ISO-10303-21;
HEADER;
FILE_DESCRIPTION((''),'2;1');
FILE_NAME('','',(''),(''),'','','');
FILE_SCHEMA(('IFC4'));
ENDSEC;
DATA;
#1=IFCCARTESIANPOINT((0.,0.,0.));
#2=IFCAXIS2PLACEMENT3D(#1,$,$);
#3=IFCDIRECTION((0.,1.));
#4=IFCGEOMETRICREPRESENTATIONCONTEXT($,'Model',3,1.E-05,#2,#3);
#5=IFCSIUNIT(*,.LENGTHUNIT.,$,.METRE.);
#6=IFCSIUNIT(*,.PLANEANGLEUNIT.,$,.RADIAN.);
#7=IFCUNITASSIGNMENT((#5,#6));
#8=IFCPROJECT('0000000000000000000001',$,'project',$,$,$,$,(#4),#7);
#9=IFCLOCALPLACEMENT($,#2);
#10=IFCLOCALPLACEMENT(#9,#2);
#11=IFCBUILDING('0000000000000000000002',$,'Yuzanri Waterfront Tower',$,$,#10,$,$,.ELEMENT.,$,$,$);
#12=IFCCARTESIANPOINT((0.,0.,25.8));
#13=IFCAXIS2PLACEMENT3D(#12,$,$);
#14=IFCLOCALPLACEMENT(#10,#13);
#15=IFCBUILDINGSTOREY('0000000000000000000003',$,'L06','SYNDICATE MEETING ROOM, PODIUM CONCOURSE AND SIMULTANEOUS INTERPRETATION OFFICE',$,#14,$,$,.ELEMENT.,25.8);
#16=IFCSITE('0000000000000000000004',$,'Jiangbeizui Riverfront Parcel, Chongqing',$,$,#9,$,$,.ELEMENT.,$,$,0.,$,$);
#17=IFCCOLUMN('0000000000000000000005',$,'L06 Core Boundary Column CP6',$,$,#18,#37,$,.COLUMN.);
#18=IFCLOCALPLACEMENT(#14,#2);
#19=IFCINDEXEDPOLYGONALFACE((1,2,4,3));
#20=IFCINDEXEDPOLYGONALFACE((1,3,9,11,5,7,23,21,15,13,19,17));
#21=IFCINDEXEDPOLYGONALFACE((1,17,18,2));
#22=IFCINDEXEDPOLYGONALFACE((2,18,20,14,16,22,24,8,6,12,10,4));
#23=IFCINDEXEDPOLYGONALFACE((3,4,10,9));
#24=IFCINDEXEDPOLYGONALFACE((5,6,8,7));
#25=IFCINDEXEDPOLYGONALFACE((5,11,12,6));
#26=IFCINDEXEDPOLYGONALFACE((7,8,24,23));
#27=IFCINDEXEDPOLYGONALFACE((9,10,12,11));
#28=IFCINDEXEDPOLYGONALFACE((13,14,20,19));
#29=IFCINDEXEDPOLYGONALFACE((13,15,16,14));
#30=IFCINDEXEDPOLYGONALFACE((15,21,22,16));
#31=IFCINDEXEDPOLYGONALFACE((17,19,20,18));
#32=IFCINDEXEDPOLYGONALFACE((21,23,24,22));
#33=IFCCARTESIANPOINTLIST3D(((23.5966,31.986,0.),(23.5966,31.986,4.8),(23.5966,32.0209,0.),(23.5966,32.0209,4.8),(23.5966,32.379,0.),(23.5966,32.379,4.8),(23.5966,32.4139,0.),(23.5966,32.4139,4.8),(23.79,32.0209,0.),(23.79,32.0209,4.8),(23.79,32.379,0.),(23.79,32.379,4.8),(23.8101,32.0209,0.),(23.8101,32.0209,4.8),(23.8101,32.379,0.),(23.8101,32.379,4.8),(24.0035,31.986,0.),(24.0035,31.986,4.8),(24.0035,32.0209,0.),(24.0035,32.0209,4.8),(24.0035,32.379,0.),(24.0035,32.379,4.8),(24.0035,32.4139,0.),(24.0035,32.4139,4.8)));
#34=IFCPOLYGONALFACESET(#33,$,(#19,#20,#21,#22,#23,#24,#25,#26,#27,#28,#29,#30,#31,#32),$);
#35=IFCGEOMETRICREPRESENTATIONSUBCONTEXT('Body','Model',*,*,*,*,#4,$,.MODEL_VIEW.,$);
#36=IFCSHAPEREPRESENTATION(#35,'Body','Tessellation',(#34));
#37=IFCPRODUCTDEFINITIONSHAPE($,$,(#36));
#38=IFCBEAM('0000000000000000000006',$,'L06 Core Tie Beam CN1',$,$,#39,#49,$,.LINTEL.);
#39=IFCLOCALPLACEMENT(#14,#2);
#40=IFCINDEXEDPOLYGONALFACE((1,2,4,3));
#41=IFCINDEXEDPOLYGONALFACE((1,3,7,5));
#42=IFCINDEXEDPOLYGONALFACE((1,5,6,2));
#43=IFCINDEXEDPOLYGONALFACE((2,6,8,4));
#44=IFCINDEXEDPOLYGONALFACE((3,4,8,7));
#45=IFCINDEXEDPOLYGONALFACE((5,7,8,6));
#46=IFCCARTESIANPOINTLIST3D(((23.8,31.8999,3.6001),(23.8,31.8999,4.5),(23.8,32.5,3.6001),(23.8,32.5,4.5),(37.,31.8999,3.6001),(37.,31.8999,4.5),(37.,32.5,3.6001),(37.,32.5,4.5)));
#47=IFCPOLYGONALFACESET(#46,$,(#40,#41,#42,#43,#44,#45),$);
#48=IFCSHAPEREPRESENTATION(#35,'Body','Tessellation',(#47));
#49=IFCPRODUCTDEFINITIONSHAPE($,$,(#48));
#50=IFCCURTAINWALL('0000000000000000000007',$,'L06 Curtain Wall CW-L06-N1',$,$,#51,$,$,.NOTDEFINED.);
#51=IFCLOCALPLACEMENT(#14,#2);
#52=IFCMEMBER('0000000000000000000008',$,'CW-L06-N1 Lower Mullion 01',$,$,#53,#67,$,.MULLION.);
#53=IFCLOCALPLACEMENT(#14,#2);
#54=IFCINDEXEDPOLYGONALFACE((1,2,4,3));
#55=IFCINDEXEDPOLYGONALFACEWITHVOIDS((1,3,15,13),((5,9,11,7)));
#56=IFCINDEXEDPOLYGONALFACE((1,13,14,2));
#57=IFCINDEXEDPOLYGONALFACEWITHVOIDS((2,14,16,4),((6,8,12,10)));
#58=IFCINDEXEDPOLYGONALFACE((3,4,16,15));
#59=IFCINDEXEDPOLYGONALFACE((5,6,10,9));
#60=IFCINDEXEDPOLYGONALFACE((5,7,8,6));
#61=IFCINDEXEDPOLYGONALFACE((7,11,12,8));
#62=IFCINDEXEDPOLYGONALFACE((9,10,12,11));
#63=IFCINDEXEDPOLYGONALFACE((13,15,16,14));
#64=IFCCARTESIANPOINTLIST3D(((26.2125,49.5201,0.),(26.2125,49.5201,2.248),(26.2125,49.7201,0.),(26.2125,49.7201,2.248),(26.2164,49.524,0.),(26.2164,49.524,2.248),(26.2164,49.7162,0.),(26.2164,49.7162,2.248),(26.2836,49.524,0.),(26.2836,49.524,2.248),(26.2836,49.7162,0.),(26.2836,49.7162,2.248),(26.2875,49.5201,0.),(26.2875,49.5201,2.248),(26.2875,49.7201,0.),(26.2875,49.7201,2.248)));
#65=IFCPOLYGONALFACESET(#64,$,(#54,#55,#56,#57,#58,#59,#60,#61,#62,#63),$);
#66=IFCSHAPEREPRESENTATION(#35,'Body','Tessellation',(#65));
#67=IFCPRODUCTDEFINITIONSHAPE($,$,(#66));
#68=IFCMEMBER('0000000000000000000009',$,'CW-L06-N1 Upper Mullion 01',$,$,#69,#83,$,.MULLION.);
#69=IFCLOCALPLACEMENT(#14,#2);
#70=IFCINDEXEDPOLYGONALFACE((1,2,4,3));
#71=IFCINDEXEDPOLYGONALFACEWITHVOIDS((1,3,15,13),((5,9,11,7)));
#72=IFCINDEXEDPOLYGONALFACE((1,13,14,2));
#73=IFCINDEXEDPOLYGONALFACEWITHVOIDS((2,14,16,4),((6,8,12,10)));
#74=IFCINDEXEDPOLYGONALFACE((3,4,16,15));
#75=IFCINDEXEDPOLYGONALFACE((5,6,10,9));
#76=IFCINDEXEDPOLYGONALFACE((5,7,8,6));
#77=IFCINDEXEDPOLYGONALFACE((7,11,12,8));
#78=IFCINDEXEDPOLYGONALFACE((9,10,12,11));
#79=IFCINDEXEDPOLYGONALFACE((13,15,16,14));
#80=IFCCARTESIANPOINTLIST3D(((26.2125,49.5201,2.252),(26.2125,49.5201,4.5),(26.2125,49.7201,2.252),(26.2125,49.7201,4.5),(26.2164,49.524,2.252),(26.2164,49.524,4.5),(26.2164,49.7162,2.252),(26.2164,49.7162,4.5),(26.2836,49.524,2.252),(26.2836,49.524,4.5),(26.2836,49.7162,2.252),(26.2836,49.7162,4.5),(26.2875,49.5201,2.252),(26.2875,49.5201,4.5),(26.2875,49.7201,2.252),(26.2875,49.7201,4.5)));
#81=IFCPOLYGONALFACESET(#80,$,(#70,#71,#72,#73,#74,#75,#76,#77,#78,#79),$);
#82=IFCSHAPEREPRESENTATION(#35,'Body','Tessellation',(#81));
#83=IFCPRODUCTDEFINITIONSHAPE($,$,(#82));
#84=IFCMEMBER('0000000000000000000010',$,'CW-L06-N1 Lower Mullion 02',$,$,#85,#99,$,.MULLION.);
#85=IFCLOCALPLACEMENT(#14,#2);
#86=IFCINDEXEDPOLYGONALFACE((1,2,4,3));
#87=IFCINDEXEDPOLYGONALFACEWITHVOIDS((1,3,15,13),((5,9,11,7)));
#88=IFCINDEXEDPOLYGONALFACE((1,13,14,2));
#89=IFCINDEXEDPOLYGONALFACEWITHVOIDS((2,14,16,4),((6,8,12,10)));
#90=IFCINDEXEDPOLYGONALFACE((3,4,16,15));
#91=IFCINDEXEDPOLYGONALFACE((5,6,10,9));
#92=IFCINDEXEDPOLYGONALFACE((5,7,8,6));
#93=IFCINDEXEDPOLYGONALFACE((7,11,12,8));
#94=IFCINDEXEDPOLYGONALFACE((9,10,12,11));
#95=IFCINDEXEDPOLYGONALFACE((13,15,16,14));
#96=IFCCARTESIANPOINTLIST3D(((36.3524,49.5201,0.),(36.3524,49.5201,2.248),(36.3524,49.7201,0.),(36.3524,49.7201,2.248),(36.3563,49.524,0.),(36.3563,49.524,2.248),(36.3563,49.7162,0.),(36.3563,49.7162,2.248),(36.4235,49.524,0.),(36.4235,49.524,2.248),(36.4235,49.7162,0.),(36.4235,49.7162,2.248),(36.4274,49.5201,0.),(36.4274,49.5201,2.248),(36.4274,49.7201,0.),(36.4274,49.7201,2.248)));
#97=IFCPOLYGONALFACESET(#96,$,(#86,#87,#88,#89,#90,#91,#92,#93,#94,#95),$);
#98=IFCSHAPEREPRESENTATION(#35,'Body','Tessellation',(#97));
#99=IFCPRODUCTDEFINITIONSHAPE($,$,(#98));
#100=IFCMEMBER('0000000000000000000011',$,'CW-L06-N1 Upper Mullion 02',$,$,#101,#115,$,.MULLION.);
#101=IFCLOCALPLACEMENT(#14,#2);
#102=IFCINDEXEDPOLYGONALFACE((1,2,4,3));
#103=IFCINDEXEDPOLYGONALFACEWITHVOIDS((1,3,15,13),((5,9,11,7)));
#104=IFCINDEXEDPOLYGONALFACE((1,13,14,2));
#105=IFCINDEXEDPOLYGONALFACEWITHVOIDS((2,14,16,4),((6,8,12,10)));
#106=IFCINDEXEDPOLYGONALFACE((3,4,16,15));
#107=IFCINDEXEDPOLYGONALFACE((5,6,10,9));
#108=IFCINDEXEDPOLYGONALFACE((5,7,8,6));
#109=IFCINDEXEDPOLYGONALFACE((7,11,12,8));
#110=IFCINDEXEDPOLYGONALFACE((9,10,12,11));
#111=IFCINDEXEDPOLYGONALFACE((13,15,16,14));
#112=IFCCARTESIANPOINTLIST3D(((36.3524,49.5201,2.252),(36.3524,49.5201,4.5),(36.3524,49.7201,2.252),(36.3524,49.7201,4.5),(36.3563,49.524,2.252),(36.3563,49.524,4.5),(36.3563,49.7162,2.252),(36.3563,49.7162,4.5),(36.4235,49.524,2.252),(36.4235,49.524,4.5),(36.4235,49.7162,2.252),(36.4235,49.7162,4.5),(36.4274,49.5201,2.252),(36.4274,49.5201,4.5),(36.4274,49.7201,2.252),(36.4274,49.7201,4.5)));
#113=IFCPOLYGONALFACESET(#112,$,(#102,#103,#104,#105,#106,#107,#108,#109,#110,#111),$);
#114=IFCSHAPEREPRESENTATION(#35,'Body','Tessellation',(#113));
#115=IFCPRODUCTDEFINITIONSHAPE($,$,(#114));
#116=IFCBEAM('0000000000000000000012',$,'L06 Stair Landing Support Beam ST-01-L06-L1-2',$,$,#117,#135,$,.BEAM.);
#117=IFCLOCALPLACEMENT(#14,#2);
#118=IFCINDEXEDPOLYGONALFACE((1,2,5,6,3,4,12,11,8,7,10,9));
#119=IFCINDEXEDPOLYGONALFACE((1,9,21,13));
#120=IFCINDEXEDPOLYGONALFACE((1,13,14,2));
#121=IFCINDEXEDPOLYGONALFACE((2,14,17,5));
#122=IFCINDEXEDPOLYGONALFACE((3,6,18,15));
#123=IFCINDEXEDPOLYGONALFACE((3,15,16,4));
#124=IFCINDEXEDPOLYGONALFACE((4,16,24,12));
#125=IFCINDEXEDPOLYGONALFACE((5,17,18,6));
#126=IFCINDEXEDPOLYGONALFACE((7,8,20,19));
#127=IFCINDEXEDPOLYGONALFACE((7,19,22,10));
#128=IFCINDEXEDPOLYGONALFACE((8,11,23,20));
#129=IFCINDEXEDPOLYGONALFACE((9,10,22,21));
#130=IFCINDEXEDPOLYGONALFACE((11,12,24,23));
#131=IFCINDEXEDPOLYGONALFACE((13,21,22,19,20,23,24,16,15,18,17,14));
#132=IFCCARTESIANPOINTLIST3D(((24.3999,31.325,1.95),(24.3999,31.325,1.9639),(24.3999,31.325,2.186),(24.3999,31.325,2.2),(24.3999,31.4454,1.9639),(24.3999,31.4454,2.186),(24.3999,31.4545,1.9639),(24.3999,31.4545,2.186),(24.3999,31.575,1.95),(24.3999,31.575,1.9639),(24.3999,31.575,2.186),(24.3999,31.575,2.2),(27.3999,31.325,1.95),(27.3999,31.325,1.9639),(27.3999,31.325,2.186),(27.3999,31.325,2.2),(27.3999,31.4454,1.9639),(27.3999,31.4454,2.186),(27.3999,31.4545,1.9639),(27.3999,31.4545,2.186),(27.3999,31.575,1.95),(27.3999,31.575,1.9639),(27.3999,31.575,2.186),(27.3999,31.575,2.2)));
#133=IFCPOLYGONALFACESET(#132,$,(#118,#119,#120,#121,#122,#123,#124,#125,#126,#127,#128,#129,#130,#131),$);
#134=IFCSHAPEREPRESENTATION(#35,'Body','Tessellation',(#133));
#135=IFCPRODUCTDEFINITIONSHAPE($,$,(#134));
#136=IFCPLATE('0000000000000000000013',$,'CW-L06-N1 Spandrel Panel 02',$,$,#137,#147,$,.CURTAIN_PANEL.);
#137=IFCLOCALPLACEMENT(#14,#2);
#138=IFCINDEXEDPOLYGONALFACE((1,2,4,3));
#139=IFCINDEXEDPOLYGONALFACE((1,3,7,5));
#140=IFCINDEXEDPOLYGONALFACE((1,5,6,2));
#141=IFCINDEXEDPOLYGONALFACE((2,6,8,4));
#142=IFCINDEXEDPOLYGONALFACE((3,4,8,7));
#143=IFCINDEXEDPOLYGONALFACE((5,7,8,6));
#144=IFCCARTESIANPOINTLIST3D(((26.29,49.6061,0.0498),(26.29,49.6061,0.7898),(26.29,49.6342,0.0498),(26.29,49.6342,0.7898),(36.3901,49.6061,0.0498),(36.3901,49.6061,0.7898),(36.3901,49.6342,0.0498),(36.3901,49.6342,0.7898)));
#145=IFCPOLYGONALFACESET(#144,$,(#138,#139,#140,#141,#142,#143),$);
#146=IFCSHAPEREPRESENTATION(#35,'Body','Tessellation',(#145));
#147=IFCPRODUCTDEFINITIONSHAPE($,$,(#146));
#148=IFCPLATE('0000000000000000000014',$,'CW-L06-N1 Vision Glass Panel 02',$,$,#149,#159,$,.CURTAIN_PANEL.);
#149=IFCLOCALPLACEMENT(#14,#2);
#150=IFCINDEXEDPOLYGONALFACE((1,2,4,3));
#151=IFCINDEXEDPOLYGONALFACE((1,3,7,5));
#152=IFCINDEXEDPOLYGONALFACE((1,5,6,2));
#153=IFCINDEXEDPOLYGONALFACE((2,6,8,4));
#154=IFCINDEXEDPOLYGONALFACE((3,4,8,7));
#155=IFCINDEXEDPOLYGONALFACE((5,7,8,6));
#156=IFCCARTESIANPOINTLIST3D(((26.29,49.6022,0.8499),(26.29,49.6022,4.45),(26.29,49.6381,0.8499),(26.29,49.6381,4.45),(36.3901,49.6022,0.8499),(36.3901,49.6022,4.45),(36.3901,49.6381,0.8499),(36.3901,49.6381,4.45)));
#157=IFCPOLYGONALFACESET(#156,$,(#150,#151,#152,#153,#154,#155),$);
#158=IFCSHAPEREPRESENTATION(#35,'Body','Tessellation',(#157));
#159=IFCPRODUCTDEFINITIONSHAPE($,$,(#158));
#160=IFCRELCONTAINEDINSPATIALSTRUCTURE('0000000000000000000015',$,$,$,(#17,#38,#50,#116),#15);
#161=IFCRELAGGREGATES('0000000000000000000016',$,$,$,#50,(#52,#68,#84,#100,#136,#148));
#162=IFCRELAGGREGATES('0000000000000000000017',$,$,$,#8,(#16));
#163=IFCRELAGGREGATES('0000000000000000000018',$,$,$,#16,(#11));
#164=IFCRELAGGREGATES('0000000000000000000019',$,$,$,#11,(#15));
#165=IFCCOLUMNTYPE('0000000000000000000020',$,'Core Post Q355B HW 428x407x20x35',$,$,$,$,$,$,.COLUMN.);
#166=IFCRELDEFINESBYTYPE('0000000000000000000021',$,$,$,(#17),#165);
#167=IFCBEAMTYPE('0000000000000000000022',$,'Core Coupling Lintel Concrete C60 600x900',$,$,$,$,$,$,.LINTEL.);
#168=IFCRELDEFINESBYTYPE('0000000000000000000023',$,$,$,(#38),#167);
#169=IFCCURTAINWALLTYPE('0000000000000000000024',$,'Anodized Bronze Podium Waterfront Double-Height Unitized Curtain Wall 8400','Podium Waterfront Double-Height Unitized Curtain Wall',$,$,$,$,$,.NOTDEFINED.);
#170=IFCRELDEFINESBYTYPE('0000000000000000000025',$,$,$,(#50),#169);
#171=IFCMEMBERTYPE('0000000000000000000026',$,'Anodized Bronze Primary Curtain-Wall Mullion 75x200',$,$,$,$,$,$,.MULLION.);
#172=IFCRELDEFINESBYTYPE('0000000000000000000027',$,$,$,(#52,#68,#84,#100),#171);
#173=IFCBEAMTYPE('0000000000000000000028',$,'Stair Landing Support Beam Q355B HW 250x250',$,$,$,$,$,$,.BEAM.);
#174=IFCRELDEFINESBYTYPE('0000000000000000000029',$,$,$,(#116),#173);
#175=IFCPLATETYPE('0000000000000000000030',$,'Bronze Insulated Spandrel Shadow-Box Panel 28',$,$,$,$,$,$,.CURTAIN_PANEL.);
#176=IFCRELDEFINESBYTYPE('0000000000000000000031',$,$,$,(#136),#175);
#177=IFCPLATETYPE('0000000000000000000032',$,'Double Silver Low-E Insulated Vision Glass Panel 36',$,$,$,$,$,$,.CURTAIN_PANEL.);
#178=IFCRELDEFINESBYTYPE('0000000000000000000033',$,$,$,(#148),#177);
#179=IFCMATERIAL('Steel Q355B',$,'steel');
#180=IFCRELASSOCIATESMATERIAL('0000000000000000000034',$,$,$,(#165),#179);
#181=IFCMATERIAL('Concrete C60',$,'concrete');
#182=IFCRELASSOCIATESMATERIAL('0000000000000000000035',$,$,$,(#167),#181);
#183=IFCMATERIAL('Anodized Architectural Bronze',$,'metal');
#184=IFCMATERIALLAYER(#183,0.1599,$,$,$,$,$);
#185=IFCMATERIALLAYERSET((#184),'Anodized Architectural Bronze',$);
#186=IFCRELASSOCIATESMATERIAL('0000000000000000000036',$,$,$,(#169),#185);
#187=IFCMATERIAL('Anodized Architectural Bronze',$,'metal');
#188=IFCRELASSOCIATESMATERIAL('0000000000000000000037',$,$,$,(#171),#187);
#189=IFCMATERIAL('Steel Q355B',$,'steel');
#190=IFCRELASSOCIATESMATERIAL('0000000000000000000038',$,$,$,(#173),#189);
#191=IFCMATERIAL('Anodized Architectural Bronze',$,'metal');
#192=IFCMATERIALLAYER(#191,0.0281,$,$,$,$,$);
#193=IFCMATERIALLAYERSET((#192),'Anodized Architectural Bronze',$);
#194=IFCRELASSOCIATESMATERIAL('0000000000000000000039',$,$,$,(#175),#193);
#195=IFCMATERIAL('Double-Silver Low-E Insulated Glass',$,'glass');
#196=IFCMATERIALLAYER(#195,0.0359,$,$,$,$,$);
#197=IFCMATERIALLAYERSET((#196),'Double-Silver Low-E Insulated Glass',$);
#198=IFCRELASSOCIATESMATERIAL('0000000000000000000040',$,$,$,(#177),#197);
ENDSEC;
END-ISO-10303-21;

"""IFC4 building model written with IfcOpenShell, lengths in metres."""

from ifc_helpers import new_model, si_unit, direction, frame, origin, origin_2d, place, context, subcontext, project, spatial, rectangle, hollow_rectangle, i_section, extrude, source, transform, mapped, material, layer, layer_set, material_profile, profile_set, type_object, element, aggregate, save


model = new_model("IFC4")

# Units and contexts
model_context = context("Model", 3, precision=1e-05, world=origin(), true_north=direction((0.0, 1.0)))
body_context = subcontext(model_context, "Body", "Model", "MODEL_VIEW")
ifc_project = project(units=[si_unit("LENGTHUNIT", "METRE"), si_unit("PLANEANGLEUNIT", "RADIAN")], contexts=[model_context])

# Site, building, storey
site_placement = place(None, origin())
site = spatial("IfcSite", under=ifc_project, at=site_placement, Name="Jiangbeizui Riverfront Parcel, Chongqing", CompositionType="ELEMENT", RefElevation=0.0)
building_placement = place(site_placement, origin())
building = spatial("IfcBuilding", under=site, at=building_placement, Name="Yuzanri Waterfront Tower", CompositionType="ELEMENT")
storey_placement = place(building_placement, frame((0.0, 0.0, 25.8)))
storey = spatial("IfcBuildingStorey", under=building, at=storey_placement, Name="L06", Description="SYNDICATE MEETING ROOM, PODIUM CONCOURSE AND SIMULTANEOUS INTERPRETATION OFFICE", CompositionType="ELEMENT", Elevation=25.8)

# Column
ifc_material_1 = material(Name="Steel Q355B", Category="steel")
ifc_material_profile_1 = material_profile(ifc_material_1, i_section(OverallWidth=0.407, OverallDepth=0.428, WebThickness=0.02, FlangeThickness=0.0349, at=origin_2d()), Name="HW 428x407x20x35")
ifc_profile_set_1 = profile_set([ifc_material_profile_1], Name="Steel Q355B")
column_type = type_object("IfcColumnType", Name="Core Post Q355B HW 428x407x20x35", PredefinedType="COLUMN", material=ifc_profile_set_1)
shared_shape_1 = source(origin(), body_context, "Body", "SweptSolid", [
    extrude(i_section(OverallWidth=0.407, OverallDepth=0.428, WebThickness=0.02, FlangeThickness=0.0349, at=origin_2d()), origin(), (0.0, 0.0, 1.0), 4.8),
])
column_placement = place(storey_placement, frame((23.8, 32.2, 0.0), z_axis=(0.0, 0.0, 1.0), x_axis=(1.0, 0.0, 0.0)))
element("IfcColumn", 1, at=column_placement, inside=storey, type_object=column_type, Name="L06 Core Boundary Column CP6", PredefinedType="COLUMN", context=body_context, shape_type="MappedRepresentation", body=[
    mapped(shared_shape_1, transform((0.0, 0.0, 0.0), scale=1.0)),
])

# Beam
ifc_material_2 = material(Name="Concrete C60", Category="concrete")
ifc_material_profile_2 = material_profile(ifc_material_2, rectangle(XDim=0.6001, YDim=0.8999, at=origin_2d()), Name="RC 600x900")
ifc_profile_set_2 = profile_set([ifc_material_profile_2], Name="Concrete C60")
beam_type_1 = type_object("IfcBeamType", Name="Core Coupling Lintel Concrete C60 600x900", PredefinedType="LINTEL", material=ifc_profile_set_2)
shared_shape_2 = source(origin(), body_context, "Body", "SweptSolid", [
    extrude(rectangle(XDim=0.6001, YDim=0.8999, at=origin_2d()), origin(), (0.0, 0.0, 1.0), 13.2),
])
beam_1_placement = place(storey_placement, frame((23.8, 32.2, 4.05), z_axis=(1.0, 0.0, 0.0), x_axis=(0.0, 1.0, 0.0)))
element("IfcBeam", 2, at=beam_1_placement, inside=storey, type_object=beam_type_1, Name="L06 Core Tie Beam CN1", PredefinedType="LINTEL", context=body_context, shape_type="MappedRepresentation", body=[
    mapped(shared_shape_2, transform((0.0, 0.0, 0.0), scale=1.0)),
])

# Curtain wall, members
ifc_material_3 = material(Name="Anodized Architectural Bronze", Category="metal")
ifc_layer_1 = layer(ifc_material_3, 0.1599)
ifc_layer_set_1 = layer_set([ifc_layer_1], Name="Anodized Architectural Bronze")
curtain_wall_type = type_object("IfcCurtainWallType", Name="Anodized Bronze Podium Waterfront Double-Height Unitized Curtain Wall 8400", Description="Podium Waterfront Double-Height Unitized Curtain Wall", PredefinedType="NOTDEFINED", material=ifc_layer_set_1)
curtain_wall_placement = place(storey_placement, origin())
curtain_wall = element("IfcCurtainWall", 3, at=curtain_wall_placement, inside=storey, type_object=curtain_wall_type, Name="L06 Curtain Wall CW-L06-N1", PredefinedType="NOTDEFINED")
ifc_material_4 = material(Name="Anodized Architectural Bronze", Category="metal")
ifc_material_profile_3 = material_profile(ifc_material_4, hollow_rectangle(XDim=0.075, YDim=0.2, WallThickness=0.0039, at=origin_2d()), Name="CWM 75x200")
ifc_profile_set_3 = profile_set([ifc_material_profile_3], Name="Anodized Architectural Bronze")
member_type = type_object("IfcMemberType", Name="Anodized Bronze Primary Curtain-Wall Mullion 75x200", PredefinedType="MULLION", material=ifc_profile_set_3)
shared_shape_3 = source(origin(), body_context, "Body", "SweptSolid", [
    extrude(hollow_rectangle(XDim=0.075, YDim=0.2, WallThickness=0.0039, at=origin_2d()), origin(), (0.0, 0.0, 1.0), 2.248),
])
member_1_placement = place(storey_placement, frame((26.25, 49.6201, 0.0), z_axis=(0.0, 0.0, 1.0), x_axis=(1.0, 0.0, 0.0)))
member_1 = element("IfcMember", 4, at=member_1_placement, type_object=member_type, Name="CW-L06-N1 Lower Mullion 01", PredefinedType="MULLION", context=body_context, shape_type="MappedRepresentation", body=[
    mapped(shared_shape_3, transform((0.0, 0.0, 0.0), scale=1.0)),
])
member_2_placement = place(storey_placement, frame((26.25, 49.6201, 2.252), z_axis=(0.0, 0.0, 1.0), x_axis=(1.0, 0.0, 0.0)))
member_2 = element("IfcMember", 5, at=member_2_placement, type_object=member_type, Name="CW-L06-N1 Upper Mullion 01", PredefinedType="MULLION", context=body_context, shape_type="MappedRepresentation", body=[
    mapped(shared_shape_3, transform((0.0, 0.0, 0.0), scale=1.0)),
])
member_3_placement = place(storey_placement, frame((36.3899, 49.6201, 0.0), z_axis=(0.0, 0.0, 1.0), x_axis=(1.0, 0.0, 0.0)))
member_3 = element("IfcMember", 6, at=member_3_placement, type_object=member_type, Name="CW-L06-N1 Lower Mullion 02", PredefinedType="MULLION", context=body_context, shape_type="MappedRepresentation", body=[
    mapped(shared_shape_3, transform((0.0, 0.0, 0.0), scale=1.0)),
])
member_4_placement = place(storey_placement, frame((36.3899, 49.6201, 2.252), z_axis=(0.0, 0.0, 1.0), x_axis=(1.0, 0.0, 0.0)))
member_4 = element("IfcMember", 7, at=member_4_placement, type_object=member_type, Name="CW-L06-N1 Upper Mullion 02", PredefinedType="MULLION", context=body_context, shape_type="MappedRepresentation", body=[
    mapped(shared_shape_3, transform((0.0, 0.0, 0.0), scale=1.0)),
])

# Beam
ifc_material_5 = material(Name="Steel Q355B", Category="steel")
ifc_material_profile_4 = material_profile(ifc_material_5, i_section(OverallWidth=0.25, OverallDepth=0.25, WebThickness=0.009, FlangeThickness=0.0139, at=origin_2d()), Name="HW 250x250x9x14")
ifc_profile_set_4 = profile_set([ifc_material_profile_4], Name="Steel Q355B")
beam_type_2 = type_object("IfcBeamType", Name="Stair Landing Support Beam Q355B HW 250x250", PredefinedType="BEAM", material=ifc_profile_set_4)
shared_shape_4 = source(origin(), body_context, "Body", "SweptSolid", [
    extrude(i_section(OverallWidth=0.25, OverallDepth=0.25, WebThickness=0.009, FlangeThickness=0.0139, at=origin_2d()), origin(), (0.0, 0.0, 1.0), 3.0),
])
beam_2_placement = place(storey_placement, frame((24.3999, 31.45, 2.075), z_axis=(1.0, 0.0, 0.0), x_axis=(0.0, 1.0, 0.0)))
element("IfcBeam", 8, at=beam_2_placement, inside=storey, type_object=beam_type_2, Name="L06 Stair Landing Support Beam ST-01-L06-L1-2", PredefinedType="BEAM", context=body_context, shape_type="MappedRepresentation", body=[
    mapped(shared_shape_4, transform((0.0, 0.0, 0.0), scale=1.0)),
])

# Plates
ifc_material_6 = material(Name="Anodized Architectural Bronze", Category="metal")
ifc_layer_2 = layer(ifc_material_6, 0.0281)
ifc_layer_set_2 = layer_set([ifc_layer_2], Name="Anodized Architectural Bronze")
plate_type_1 = type_object("IfcPlateType", Name="Bronze Insulated Spandrel Shadow-Box Panel 28", PredefinedType="CURTAIN_PANEL", material=ifc_layer_set_2)
shared_shape_5 = source(origin(), body_context, "Body", "SweptSolid", [
    extrude(rectangle(XDim=10.1001, YDim=0.0281, at=origin_2d()), origin(), (0.0, 0.0, 1.0), 0.74),
])
plate_1_placement = place(storey_placement, frame((31.3401, 49.6201, 0.0498), z_axis=(0.0, 0.0, 1.0), x_axis=(1.0, 0.0, 0.0)))
plate_1 = element("IfcPlate", 9, at=plate_1_placement, type_object=plate_type_1, Name="CW-L06-N1 Spandrel Panel 02", PredefinedType="CURTAIN_PANEL", context=body_context, shape_type="MappedRepresentation", body=[
    mapped(shared_shape_5, transform((0.0, 0.0, 0.0), scale=1.0)),
])
ifc_material_7 = material(Name="Double-Silver Low-E Insulated Glass", Category="glass")
ifc_layer_3 = layer(ifc_material_7, 0.0359)
ifc_layer_set_3 = layer_set([ifc_layer_3], Name="Double-Silver Low-E Insulated Glass")
plate_type_2 = type_object("IfcPlateType", Name="Double Silver Low-E Insulated Vision Glass Panel 36", PredefinedType="CURTAIN_PANEL", material=ifc_layer_set_3)
shared_shape_6 = source(origin(), body_context, "Body", "SweptSolid", [
    extrude(rectangle(XDim=10.1001, YDim=0.0359, at=origin_2d()), origin(), (0.0, 0.0, 1.0), 3.6001),
])
plate_2_placement = place(storey_placement, frame((31.3401, 49.6201, 0.8499), z_axis=(0.0, 0.0, 1.0), x_axis=(1.0, 0.0, 0.0)))
plate_2 = element("IfcPlate", 10, at=plate_2_placement, type_object=plate_type_2, Name="CW-L06-N1 Vision Glass Panel 02", PredefinedType="CURTAIN_PANEL", context=body_context, shape_type="MappedRepresentation", body=[
    mapped(shared_shape_6, transform((0.0, 0.0, 0.0), scale=1.0)),
])
aggregate(curtain_wall, [member_1, member_2, member_3, member_4, plate_1, plate_2])

save(model, "model.ifc")
